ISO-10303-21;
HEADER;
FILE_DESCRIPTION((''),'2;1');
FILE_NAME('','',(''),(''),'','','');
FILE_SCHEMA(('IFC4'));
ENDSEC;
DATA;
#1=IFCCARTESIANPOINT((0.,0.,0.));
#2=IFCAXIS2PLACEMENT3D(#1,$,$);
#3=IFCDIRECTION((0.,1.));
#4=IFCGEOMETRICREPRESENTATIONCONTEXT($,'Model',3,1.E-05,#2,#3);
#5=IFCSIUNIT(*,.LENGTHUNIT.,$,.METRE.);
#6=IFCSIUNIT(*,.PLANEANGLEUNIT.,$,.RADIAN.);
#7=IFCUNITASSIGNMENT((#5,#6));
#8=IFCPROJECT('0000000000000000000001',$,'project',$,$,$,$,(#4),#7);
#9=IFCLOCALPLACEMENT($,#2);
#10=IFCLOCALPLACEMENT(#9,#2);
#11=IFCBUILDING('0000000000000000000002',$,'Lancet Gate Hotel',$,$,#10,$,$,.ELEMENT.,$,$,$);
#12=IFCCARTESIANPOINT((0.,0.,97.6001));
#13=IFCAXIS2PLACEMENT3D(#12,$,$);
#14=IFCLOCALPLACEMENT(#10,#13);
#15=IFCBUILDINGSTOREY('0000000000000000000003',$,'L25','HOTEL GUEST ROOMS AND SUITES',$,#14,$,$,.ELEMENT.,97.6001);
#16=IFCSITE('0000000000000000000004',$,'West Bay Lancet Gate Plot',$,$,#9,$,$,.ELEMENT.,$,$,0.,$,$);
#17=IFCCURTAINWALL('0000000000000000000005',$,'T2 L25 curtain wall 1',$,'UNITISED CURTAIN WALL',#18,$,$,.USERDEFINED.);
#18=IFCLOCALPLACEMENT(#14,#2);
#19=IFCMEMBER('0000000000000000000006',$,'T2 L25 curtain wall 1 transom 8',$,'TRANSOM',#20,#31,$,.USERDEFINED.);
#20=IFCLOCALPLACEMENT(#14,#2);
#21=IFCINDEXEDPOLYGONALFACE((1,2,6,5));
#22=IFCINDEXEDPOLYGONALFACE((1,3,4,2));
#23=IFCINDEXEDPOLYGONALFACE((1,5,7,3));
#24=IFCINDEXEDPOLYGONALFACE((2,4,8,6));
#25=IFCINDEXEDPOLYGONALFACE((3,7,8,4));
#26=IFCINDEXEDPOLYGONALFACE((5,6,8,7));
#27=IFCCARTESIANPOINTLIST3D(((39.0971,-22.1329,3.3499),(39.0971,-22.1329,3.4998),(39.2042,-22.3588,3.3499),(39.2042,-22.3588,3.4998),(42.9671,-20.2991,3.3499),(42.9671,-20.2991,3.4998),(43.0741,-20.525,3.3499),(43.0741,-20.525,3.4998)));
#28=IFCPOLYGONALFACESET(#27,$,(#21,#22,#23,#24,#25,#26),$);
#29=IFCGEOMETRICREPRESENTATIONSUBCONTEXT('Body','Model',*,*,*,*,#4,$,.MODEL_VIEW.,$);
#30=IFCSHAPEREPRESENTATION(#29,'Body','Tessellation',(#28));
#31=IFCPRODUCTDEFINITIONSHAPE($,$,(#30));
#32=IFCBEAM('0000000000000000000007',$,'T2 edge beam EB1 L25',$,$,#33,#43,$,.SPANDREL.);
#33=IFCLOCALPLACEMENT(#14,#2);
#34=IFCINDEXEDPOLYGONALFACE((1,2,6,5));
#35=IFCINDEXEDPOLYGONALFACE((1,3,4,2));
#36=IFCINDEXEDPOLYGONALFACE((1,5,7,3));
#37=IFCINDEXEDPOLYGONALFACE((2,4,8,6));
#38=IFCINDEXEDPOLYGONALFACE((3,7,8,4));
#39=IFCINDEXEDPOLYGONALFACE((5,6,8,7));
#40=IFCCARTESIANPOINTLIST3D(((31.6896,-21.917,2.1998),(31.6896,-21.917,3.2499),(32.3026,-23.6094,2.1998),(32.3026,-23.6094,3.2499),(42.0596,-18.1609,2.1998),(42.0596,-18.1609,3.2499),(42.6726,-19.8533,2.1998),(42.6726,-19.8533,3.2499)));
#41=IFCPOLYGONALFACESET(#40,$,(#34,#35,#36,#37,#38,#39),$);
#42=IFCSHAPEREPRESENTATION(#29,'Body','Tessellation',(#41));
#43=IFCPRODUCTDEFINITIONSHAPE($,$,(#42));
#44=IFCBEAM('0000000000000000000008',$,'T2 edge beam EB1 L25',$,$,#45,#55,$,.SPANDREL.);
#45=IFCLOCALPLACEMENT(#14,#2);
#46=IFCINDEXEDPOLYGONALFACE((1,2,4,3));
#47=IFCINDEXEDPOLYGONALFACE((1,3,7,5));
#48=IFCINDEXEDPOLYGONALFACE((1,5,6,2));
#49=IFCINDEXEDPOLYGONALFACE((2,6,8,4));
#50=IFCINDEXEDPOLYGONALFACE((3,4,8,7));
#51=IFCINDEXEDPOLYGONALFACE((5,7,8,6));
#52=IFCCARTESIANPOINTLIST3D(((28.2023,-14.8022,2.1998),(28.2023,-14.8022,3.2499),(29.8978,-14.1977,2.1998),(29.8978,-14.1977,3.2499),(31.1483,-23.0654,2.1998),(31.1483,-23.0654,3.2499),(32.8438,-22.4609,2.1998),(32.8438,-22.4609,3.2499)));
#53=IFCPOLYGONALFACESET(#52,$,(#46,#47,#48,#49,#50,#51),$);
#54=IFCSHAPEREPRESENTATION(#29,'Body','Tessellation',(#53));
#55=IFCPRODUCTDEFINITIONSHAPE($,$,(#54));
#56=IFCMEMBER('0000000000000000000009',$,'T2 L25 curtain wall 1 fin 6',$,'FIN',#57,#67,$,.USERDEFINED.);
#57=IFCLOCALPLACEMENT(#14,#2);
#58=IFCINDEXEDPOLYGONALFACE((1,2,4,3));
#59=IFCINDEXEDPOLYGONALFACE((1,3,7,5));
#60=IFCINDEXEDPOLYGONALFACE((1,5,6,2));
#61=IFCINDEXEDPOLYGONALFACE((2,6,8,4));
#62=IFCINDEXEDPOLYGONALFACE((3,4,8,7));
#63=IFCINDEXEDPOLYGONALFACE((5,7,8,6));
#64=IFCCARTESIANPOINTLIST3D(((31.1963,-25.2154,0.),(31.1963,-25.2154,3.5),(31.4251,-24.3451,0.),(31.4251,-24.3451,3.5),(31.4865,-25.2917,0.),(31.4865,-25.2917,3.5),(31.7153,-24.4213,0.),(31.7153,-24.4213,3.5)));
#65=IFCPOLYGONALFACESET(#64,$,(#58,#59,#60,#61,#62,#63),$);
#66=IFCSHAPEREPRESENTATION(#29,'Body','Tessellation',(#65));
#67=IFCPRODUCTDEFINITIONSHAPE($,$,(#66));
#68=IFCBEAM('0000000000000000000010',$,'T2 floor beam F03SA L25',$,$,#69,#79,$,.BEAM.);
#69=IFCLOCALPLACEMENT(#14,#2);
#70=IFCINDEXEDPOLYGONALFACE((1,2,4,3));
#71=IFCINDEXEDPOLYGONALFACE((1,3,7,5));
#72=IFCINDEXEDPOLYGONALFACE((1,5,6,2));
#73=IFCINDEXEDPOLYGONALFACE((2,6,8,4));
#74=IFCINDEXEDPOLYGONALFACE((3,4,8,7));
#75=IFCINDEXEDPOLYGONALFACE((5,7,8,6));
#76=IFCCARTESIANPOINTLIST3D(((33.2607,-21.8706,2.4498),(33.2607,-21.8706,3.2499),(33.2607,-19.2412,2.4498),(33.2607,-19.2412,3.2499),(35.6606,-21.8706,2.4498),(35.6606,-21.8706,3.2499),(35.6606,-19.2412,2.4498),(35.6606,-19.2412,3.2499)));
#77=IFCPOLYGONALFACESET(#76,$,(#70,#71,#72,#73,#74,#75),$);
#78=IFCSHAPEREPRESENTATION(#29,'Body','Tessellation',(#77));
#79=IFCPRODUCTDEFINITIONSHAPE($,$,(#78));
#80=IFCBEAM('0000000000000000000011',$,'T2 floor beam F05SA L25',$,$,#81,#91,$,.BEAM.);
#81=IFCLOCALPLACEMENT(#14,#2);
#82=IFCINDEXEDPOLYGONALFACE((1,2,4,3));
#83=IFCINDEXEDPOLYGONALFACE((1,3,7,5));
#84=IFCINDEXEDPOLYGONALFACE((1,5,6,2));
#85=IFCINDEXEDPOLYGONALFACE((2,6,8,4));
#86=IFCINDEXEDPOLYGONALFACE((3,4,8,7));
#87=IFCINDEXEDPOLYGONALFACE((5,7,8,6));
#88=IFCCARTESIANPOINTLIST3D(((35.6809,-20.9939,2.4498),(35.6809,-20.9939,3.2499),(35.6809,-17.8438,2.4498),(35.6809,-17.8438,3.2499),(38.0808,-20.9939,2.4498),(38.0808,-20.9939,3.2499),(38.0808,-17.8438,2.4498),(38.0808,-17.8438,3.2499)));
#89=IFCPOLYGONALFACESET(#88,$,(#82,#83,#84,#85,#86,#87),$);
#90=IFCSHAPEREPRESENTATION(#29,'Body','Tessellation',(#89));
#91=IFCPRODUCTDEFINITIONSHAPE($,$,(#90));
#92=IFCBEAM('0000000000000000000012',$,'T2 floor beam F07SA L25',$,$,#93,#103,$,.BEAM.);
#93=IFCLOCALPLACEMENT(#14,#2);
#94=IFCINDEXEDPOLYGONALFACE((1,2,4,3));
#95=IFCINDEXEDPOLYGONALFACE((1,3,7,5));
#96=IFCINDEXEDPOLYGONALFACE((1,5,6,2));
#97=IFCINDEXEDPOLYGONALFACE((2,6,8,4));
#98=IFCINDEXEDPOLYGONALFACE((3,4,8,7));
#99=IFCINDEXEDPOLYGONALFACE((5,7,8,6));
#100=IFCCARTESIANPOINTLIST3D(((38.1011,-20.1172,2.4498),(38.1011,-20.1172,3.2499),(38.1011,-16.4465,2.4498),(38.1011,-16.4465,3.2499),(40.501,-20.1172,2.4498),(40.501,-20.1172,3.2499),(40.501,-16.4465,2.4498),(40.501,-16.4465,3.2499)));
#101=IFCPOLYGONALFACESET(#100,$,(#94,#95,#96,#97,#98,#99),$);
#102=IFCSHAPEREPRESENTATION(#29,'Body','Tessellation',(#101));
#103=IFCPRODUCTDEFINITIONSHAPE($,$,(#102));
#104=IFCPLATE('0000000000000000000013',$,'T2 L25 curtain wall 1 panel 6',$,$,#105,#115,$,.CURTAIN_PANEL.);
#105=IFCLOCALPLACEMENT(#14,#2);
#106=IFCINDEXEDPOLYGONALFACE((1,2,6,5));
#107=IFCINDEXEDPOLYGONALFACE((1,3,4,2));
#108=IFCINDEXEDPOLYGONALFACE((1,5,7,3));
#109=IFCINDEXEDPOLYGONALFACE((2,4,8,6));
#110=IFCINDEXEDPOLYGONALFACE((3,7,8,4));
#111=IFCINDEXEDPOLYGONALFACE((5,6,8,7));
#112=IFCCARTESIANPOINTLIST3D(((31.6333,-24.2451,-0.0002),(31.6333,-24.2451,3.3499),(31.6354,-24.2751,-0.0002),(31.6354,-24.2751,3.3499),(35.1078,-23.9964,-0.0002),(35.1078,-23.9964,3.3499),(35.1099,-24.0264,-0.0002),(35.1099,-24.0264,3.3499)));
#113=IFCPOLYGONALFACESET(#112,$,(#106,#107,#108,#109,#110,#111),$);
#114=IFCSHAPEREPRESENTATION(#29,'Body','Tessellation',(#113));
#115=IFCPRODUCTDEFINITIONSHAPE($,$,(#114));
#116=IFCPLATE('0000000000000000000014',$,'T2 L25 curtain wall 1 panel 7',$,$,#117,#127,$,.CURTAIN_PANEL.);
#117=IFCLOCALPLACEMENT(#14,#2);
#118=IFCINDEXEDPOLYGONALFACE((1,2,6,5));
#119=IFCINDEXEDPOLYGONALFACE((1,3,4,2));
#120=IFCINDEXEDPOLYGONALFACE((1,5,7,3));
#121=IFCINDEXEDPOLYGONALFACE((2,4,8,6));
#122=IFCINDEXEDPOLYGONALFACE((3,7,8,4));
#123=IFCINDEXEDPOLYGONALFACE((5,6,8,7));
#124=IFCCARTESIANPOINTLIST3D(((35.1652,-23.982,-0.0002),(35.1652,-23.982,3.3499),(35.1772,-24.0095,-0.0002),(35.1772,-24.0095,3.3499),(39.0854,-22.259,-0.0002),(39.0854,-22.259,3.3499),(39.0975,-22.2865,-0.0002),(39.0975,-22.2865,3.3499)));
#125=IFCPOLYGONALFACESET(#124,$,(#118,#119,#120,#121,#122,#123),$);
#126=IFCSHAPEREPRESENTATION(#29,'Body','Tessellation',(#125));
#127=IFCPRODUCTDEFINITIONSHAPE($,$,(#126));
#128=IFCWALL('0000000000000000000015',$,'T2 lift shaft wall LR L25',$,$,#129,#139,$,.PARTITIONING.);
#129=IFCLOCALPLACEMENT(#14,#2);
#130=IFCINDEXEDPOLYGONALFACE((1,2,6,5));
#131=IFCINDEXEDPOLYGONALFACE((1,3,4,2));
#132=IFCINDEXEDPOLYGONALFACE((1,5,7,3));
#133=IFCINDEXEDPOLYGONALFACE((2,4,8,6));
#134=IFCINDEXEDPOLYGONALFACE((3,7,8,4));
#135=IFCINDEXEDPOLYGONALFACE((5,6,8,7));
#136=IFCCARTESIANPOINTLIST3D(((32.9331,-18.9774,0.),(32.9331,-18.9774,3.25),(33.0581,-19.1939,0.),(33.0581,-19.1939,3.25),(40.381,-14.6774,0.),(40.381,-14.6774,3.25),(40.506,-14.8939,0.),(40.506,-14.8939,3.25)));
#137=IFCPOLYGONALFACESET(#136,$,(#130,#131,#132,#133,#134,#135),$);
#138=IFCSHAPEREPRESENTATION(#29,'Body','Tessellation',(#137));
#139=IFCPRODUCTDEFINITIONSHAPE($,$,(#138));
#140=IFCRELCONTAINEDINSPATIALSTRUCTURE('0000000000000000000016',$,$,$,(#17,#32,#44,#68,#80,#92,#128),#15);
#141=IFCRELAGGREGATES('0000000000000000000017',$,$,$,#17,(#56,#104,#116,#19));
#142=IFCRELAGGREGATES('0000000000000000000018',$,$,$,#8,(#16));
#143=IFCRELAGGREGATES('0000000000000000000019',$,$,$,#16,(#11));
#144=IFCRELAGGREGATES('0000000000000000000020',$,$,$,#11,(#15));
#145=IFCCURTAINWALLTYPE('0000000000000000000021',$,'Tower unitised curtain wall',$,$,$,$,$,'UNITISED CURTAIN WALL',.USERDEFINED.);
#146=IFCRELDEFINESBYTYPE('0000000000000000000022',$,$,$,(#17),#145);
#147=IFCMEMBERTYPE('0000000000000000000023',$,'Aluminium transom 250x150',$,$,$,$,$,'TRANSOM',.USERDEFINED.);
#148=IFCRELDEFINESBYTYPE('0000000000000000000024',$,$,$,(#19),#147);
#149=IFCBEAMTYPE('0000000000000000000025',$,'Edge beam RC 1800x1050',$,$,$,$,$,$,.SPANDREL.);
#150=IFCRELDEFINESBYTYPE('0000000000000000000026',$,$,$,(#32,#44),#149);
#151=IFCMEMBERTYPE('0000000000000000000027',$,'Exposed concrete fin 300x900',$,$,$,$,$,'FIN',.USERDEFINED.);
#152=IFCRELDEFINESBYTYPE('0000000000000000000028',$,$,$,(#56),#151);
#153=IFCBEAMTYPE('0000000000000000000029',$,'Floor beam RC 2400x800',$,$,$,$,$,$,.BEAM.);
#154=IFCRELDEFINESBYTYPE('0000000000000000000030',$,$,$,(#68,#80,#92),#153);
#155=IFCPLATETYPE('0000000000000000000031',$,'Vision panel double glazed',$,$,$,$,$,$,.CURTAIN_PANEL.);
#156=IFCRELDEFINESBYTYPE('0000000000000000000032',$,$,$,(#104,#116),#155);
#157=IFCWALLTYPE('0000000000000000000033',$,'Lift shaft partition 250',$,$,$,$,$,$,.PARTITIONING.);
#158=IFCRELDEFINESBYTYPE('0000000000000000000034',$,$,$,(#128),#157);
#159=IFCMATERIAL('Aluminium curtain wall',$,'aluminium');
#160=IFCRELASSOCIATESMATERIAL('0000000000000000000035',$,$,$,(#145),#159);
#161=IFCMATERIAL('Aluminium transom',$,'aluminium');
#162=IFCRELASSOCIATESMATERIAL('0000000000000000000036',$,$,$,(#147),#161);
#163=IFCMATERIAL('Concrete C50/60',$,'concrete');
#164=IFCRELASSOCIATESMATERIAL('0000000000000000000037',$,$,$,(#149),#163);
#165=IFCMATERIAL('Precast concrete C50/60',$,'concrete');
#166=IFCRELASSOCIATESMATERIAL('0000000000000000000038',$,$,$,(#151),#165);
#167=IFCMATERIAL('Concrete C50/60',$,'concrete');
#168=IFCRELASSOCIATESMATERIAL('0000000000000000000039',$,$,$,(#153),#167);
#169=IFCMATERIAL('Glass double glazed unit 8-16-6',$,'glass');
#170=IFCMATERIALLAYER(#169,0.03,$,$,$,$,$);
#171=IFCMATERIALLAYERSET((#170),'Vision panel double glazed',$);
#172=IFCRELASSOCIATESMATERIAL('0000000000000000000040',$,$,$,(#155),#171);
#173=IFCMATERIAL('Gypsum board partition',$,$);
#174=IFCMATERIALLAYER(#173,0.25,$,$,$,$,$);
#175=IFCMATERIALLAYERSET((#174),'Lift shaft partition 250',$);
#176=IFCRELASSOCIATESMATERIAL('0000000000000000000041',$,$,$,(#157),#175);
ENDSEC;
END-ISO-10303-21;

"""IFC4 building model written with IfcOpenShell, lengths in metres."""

from ifc_helpers import new_model, si_unit, direction, frame, frame_2d, origin, origin_2d, place, context, subcontext, project, spatial, rectangle, extrude, material, layer, layer_set, material_profile, profile_set, type_object, element, aggregate, save


model = new_model("IFC4")

# Units and contexts
model_context = context("Model", 3, precision=1e-05, world=origin(), true_north=direction((0.0, 1.0)))
body_context = subcontext(model_context, "Body", "Model", "MODEL_VIEW")
ifc_project = project(units=[si_unit("LENGTHUNIT", "METRE"), si_unit("PLANEANGLEUNIT", "RADIAN")], contexts=[model_context])

# Site, building, storey
site_placement = place(None, origin())
site = spatial("IfcSite", under=ifc_project, at=site_placement, Name="West Bay Lancet Gate Plot", CompositionType="ELEMENT", RefElevation=0.0)
building_placement = place(site_placement, origin())
building = spatial("IfcBuilding", under=site, at=building_placement, Name="Lancet Gate Hotel", CompositionType="ELEMENT")
storey_placement = place(building_placement, frame((0.0, 0.0, 97.6001)))
storey = spatial("IfcBuildingStorey", under=building, at=storey_placement, Name="L25", Description="HOTEL GUEST ROOMS AND SUITES", CompositionType="ELEMENT", Elevation=97.6001)

# Curtain wall, member
ifc_material_1 = material(Name="Aluminium curtain wall", Category="aluminium")
curtain_wall_type = type_object("IfcCurtainWallType", Name="Tower unitised curtain wall", ElementType="UNITISED CURTAIN WALL", PredefinedType="USERDEFINED", material=ifc_material_1)
curtain_wall_placement = place(storey_placement, origin())
curtain_wall = element("IfcCurtainWall", 1, at=curtain_wall_placement, inside=storey, type_object=curtain_wall_type, Name="T2 L25 curtain wall 1", ObjectType="UNITISED CURTAIN WALL", PredefinedType="USERDEFINED")
ifc_material_2 = material(Name="Aluminium transom", Category="aluminium")
ifc_material_profile_1 = material_profile(ifc_material_2, rectangle(XDim=0.25, YDim=0.1499, at=origin_2d()), Name="TRANSOM 250x150")
ifc_profile_set_1 = profile_set([ifc_material_profile_1], Name="Aluminium transom")
member_type_1 = type_object("IfcMemberType", Name="Aluminium transom 250x150", ElementType="TRANSOM", PredefinedType="USERDEFINED", material=ifc_profile_set_1)
member_1_placement = place(storey_placement, frame((39.1506, -22.2458, 3.4248), z_axis=(0.90368, 0.428209, 0.0), x_axis=(-0.428209, 0.90368, 0.0)))
member_1 = element("IfcMember", 2, at=member_1_placement, type_object=member_type_1, Name="T2 L25 curtain wall 1 transom 8", ObjectType="TRANSOM", PredefinedType="USERDEFINED", context=body_context, shape_type="SweptSolid", body=[
    extrude(rectangle(XDim=0.25, YDim=0.1499, at=origin_2d()), origin(), (0.0, 0.0, 1.0), 4.2825),
])

# Beams
ifc_material_3 = material(Name="Concrete C50/60", Category="concrete")
ifc_material_profile_2 = material_profile(ifc_material_3, rectangle(XDim=1.8, YDim=1.05, at=origin_2d()), Name="RC 1800x1050")
ifc_profile_set_2 = profile_set([ifc_material_profile_2], Name="Concrete C50/60")
beam_type_1 = type_object("IfcBeamType", Name="Edge beam RC 1800x1050", PredefinedType="SPANDREL", material=ifc_profile_set_2)
beam_1_placement = place(storey_placement, frame((31.9961, -22.7632, 2.7249), z_axis=(0.940225, 0.340554, 0.0), x_axis=(-0.340554, 0.940225, 0.0)))
element("IfcBeam", 3, at=beam_1_placement, inside=storey, type_object=beam_type_1, Name="T2 edge beam EB1 L25", PredefinedType="SPANDREL", context=body_context, shape_type="SweptSolid", body=[
    extrude(rectangle(XDim=1.8, YDim=1.05, at=origin_2d()), origin(), (0.0, 0.0, 1.0), 11.0293),
])
beam_2_placement = place(storey_placement, frame((31.9961, -22.7632, 2.7249), z_axis=(-0.335822, 0.941926, 0.0), x_axis=(-0.941926, -0.335822, 0.0)))
element("IfcBeam", 4, at=beam_2_placement, inside=storey, type_object=beam_type_1, Name="T2 edge beam EB1 L25", PredefinedType="SPANDREL", context=body_context, shape_type="SweptSolid", body=[
    extrude(rectangle(XDim=1.8, YDim=1.05, at=origin_2d()), origin(), (0.0, 0.0, 1.0), 8.7727),
])

# Member
ifc_material_4 = material(Name="Precast concrete C50/60", Category="concrete")
ifc_material_profile_3 = material_profile(ifc_material_4, rectangle(XDim=0.3, YDim=0.8999, at=origin_2d()), Name="FIN 300x900")
ifc_profile_set_3 = profile_set([ifc_material_profile_3], Name="Precast concrete C50/60")
member_type_2 = type_object("IfcMemberType", Name="Exposed concrete fin 300x900", ElementType="FIN", PredefinedType="USERDEFINED", material=ifc_profile_set_3)
member_2_placement = place(storey_placement, frame((31.4558, -24.8184, 0.0), z_axis=(0.0, 0.0, 1.0), x_axis=(0.967157, -0.254179, 0.0)))
member_2 = element("IfcMember", 5, at=member_2_placement, type_object=member_type_2, Name="T2 L25 curtain wall 1 fin 6", ObjectType="FIN", PredefinedType="USERDEFINED", context=body_context, shape_type="SweptSolid", body=[
    extrude(rectangle(XDim=0.3, YDim=0.8999, at=origin_2d()), origin(), (0.0, 0.0, 1.0), 3.5),
])

# Beams
ifc_material_5 = material(Name="Concrete C50/60", Category="concrete")
ifc_material_profile_4 = material_profile(ifc_material_5, rectangle(XDim=2.3999, YDim=0.8, at=origin_2d()), Name="RC 2400x800")
ifc_profile_set_4 = profile_set([ifc_material_profile_4], Name="Concrete C50/60")
beam_type_2 = type_object("IfcBeamType", Name="Floor beam RC 2400x800", PredefinedType="BEAM", material=ifc_profile_set_4)
beam_3_placement = place(storey_placement, frame((34.4607, -21.8706, 2.8499), z_axis=(0.0, 1.0, 0.0), x_axis=(-1.0, 0.0, 0.0)))
element("IfcBeam", 6, at=beam_3_placement, inside=storey, type_object=beam_type_2, Name="T2 floor beam F03SA L25", PredefinedType="BEAM", context=body_context, shape_type="SweptSolid", body=[
    extrude(rectangle(XDim=2.3999, YDim=0.8, at=origin_2d()), origin(), (0.0, 0.0, 1.0), 2.6294),
])
beam_4_placement = place(storey_placement, frame((36.8809, -20.9939, 2.8499), z_axis=(0.0, 1.0, 0.0), x_axis=(-1.0, 0.0, 0.0)))
element("IfcBeam", 7, at=beam_4_placement, inside=storey, type_object=beam_type_2, Name="T2 floor beam F05SA L25", PredefinedType="BEAM", context=body_context, shape_type="SweptSolid", body=[
    extrude(rectangle(XDim=2.3999, YDim=0.8, at=origin_2d()), origin(), (0.0, 0.0, 1.0), 3.1501),
])
beam_5_placement = place(storey_placement, frame((39.301, -20.1172, 2.8499), z_axis=(0.0, 1.0, 0.0), x_axis=(-1.0, 0.0, 0.0)))
element("IfcBeam", 8, at=beam_5_placement, inside=storey, type_object=beam_type_2, Name="T2 floor beam F07SA L25", PredefinedType="BEAM", context=body_context, shape_type="SweptSolid", body=[
    extrude(rectangle(XDim=2.3999, YDim=0.8, at=origin_2d()), origin(), (0.0, 0.0, 1.0), 3.6707),
])

# Plates
ifc_material_6 = material(Name="Glass double glazed unit 8-16-6", Category="glass")
ifc_layer_1 = layer(ifc_material_6, 0.03)
ifc_layer_set_1 = layer_set([ifc_layer_1], Name="Vision panel double glazed")
plate_type = type_object("IfcPlateType", Name="Vision panel double glazed", PredefinedType="CURTAIN_PANEL", material=ifc_layer_set_1)
plate_1_placement = place(storey_placement, frame((33.3716, -24.1357, -0.0002), z_axis=(0.0, 0.0, 1.0), x_axis=(0.997448, 0.07139, 0.0)))
plate_1 = element("IfcPlate", 9, at=plate_1_placement, type_object=plate_type, Name="T2 L25 curtain wall 1 panel 6", PredefinedType="CURTAIN_PANEL", context=body_context, shape_type="SweptSolid", body=[
    extrude(rectangle(XDim=3.4834, YDim=0.03, at=origin_2d()), origin(), (0.0, 0.0, 1.0), 3.3501),
])
plate_2_placement = place(storey_placement, frame((37.1313, -23.1343, -0.0002), z_axis=(0.0, 0.0, 1.0), x_axis=(0.915479, 0.402367, 0.0)))
plate_2 = element("IfcPlate", 10, at=plate_2_placement, type_object=plate_type, Name="T2 L25 curtain wall 1 panel 7", PredefinedType="CURTAIN_PANEL", context=body_context, shape_type="SweptSolid", body=[
    extrude(rectangle(XDim=4.2822, YDim=0.03, at=origin_2d()), origin(), (0.0, 0.0, 1.0), 3.3501),
])
aggregate(curtain_wall, [member_2, plate_1, plate_2, member_1])

# Wall
ifc_material_7 = material(Name="Gypsum board partition")
ifc_layer_2 = layer(ifc_material_7, 0.25)
ifc_layer_set_2 = layer_set([ifc_layer_2], Name="Lift shaft partition 250")
wall_type = type_object("IfcWallType", Name="Lift shaft partition 250", PredefinedType="PARTITIONING", material=ifc_layer_set_2)
wall_placement = place(storey_placement, frame((32.9956, -19.0857, 0.0), z_axis=(0.0, 0.0, 1.0), x_axis=(0.866028, 0.499995, 0.0)))
element("IfcWall", 11, at=wall_placement, inside=storey, type_object=wall_type, Name="T2 lift shaft wall LR L25", PredefinedType="PARTITIONING", context=body_context, shape_type="SweptSolid", body=[
    extrude(rectangle(XDim=8.6001, YDim=0.25, at=frame_2d((4.3, 0.0))), origin(), (0.0, 0.0, 1.0), 3.25),
])

save(model, "model.ifc")
